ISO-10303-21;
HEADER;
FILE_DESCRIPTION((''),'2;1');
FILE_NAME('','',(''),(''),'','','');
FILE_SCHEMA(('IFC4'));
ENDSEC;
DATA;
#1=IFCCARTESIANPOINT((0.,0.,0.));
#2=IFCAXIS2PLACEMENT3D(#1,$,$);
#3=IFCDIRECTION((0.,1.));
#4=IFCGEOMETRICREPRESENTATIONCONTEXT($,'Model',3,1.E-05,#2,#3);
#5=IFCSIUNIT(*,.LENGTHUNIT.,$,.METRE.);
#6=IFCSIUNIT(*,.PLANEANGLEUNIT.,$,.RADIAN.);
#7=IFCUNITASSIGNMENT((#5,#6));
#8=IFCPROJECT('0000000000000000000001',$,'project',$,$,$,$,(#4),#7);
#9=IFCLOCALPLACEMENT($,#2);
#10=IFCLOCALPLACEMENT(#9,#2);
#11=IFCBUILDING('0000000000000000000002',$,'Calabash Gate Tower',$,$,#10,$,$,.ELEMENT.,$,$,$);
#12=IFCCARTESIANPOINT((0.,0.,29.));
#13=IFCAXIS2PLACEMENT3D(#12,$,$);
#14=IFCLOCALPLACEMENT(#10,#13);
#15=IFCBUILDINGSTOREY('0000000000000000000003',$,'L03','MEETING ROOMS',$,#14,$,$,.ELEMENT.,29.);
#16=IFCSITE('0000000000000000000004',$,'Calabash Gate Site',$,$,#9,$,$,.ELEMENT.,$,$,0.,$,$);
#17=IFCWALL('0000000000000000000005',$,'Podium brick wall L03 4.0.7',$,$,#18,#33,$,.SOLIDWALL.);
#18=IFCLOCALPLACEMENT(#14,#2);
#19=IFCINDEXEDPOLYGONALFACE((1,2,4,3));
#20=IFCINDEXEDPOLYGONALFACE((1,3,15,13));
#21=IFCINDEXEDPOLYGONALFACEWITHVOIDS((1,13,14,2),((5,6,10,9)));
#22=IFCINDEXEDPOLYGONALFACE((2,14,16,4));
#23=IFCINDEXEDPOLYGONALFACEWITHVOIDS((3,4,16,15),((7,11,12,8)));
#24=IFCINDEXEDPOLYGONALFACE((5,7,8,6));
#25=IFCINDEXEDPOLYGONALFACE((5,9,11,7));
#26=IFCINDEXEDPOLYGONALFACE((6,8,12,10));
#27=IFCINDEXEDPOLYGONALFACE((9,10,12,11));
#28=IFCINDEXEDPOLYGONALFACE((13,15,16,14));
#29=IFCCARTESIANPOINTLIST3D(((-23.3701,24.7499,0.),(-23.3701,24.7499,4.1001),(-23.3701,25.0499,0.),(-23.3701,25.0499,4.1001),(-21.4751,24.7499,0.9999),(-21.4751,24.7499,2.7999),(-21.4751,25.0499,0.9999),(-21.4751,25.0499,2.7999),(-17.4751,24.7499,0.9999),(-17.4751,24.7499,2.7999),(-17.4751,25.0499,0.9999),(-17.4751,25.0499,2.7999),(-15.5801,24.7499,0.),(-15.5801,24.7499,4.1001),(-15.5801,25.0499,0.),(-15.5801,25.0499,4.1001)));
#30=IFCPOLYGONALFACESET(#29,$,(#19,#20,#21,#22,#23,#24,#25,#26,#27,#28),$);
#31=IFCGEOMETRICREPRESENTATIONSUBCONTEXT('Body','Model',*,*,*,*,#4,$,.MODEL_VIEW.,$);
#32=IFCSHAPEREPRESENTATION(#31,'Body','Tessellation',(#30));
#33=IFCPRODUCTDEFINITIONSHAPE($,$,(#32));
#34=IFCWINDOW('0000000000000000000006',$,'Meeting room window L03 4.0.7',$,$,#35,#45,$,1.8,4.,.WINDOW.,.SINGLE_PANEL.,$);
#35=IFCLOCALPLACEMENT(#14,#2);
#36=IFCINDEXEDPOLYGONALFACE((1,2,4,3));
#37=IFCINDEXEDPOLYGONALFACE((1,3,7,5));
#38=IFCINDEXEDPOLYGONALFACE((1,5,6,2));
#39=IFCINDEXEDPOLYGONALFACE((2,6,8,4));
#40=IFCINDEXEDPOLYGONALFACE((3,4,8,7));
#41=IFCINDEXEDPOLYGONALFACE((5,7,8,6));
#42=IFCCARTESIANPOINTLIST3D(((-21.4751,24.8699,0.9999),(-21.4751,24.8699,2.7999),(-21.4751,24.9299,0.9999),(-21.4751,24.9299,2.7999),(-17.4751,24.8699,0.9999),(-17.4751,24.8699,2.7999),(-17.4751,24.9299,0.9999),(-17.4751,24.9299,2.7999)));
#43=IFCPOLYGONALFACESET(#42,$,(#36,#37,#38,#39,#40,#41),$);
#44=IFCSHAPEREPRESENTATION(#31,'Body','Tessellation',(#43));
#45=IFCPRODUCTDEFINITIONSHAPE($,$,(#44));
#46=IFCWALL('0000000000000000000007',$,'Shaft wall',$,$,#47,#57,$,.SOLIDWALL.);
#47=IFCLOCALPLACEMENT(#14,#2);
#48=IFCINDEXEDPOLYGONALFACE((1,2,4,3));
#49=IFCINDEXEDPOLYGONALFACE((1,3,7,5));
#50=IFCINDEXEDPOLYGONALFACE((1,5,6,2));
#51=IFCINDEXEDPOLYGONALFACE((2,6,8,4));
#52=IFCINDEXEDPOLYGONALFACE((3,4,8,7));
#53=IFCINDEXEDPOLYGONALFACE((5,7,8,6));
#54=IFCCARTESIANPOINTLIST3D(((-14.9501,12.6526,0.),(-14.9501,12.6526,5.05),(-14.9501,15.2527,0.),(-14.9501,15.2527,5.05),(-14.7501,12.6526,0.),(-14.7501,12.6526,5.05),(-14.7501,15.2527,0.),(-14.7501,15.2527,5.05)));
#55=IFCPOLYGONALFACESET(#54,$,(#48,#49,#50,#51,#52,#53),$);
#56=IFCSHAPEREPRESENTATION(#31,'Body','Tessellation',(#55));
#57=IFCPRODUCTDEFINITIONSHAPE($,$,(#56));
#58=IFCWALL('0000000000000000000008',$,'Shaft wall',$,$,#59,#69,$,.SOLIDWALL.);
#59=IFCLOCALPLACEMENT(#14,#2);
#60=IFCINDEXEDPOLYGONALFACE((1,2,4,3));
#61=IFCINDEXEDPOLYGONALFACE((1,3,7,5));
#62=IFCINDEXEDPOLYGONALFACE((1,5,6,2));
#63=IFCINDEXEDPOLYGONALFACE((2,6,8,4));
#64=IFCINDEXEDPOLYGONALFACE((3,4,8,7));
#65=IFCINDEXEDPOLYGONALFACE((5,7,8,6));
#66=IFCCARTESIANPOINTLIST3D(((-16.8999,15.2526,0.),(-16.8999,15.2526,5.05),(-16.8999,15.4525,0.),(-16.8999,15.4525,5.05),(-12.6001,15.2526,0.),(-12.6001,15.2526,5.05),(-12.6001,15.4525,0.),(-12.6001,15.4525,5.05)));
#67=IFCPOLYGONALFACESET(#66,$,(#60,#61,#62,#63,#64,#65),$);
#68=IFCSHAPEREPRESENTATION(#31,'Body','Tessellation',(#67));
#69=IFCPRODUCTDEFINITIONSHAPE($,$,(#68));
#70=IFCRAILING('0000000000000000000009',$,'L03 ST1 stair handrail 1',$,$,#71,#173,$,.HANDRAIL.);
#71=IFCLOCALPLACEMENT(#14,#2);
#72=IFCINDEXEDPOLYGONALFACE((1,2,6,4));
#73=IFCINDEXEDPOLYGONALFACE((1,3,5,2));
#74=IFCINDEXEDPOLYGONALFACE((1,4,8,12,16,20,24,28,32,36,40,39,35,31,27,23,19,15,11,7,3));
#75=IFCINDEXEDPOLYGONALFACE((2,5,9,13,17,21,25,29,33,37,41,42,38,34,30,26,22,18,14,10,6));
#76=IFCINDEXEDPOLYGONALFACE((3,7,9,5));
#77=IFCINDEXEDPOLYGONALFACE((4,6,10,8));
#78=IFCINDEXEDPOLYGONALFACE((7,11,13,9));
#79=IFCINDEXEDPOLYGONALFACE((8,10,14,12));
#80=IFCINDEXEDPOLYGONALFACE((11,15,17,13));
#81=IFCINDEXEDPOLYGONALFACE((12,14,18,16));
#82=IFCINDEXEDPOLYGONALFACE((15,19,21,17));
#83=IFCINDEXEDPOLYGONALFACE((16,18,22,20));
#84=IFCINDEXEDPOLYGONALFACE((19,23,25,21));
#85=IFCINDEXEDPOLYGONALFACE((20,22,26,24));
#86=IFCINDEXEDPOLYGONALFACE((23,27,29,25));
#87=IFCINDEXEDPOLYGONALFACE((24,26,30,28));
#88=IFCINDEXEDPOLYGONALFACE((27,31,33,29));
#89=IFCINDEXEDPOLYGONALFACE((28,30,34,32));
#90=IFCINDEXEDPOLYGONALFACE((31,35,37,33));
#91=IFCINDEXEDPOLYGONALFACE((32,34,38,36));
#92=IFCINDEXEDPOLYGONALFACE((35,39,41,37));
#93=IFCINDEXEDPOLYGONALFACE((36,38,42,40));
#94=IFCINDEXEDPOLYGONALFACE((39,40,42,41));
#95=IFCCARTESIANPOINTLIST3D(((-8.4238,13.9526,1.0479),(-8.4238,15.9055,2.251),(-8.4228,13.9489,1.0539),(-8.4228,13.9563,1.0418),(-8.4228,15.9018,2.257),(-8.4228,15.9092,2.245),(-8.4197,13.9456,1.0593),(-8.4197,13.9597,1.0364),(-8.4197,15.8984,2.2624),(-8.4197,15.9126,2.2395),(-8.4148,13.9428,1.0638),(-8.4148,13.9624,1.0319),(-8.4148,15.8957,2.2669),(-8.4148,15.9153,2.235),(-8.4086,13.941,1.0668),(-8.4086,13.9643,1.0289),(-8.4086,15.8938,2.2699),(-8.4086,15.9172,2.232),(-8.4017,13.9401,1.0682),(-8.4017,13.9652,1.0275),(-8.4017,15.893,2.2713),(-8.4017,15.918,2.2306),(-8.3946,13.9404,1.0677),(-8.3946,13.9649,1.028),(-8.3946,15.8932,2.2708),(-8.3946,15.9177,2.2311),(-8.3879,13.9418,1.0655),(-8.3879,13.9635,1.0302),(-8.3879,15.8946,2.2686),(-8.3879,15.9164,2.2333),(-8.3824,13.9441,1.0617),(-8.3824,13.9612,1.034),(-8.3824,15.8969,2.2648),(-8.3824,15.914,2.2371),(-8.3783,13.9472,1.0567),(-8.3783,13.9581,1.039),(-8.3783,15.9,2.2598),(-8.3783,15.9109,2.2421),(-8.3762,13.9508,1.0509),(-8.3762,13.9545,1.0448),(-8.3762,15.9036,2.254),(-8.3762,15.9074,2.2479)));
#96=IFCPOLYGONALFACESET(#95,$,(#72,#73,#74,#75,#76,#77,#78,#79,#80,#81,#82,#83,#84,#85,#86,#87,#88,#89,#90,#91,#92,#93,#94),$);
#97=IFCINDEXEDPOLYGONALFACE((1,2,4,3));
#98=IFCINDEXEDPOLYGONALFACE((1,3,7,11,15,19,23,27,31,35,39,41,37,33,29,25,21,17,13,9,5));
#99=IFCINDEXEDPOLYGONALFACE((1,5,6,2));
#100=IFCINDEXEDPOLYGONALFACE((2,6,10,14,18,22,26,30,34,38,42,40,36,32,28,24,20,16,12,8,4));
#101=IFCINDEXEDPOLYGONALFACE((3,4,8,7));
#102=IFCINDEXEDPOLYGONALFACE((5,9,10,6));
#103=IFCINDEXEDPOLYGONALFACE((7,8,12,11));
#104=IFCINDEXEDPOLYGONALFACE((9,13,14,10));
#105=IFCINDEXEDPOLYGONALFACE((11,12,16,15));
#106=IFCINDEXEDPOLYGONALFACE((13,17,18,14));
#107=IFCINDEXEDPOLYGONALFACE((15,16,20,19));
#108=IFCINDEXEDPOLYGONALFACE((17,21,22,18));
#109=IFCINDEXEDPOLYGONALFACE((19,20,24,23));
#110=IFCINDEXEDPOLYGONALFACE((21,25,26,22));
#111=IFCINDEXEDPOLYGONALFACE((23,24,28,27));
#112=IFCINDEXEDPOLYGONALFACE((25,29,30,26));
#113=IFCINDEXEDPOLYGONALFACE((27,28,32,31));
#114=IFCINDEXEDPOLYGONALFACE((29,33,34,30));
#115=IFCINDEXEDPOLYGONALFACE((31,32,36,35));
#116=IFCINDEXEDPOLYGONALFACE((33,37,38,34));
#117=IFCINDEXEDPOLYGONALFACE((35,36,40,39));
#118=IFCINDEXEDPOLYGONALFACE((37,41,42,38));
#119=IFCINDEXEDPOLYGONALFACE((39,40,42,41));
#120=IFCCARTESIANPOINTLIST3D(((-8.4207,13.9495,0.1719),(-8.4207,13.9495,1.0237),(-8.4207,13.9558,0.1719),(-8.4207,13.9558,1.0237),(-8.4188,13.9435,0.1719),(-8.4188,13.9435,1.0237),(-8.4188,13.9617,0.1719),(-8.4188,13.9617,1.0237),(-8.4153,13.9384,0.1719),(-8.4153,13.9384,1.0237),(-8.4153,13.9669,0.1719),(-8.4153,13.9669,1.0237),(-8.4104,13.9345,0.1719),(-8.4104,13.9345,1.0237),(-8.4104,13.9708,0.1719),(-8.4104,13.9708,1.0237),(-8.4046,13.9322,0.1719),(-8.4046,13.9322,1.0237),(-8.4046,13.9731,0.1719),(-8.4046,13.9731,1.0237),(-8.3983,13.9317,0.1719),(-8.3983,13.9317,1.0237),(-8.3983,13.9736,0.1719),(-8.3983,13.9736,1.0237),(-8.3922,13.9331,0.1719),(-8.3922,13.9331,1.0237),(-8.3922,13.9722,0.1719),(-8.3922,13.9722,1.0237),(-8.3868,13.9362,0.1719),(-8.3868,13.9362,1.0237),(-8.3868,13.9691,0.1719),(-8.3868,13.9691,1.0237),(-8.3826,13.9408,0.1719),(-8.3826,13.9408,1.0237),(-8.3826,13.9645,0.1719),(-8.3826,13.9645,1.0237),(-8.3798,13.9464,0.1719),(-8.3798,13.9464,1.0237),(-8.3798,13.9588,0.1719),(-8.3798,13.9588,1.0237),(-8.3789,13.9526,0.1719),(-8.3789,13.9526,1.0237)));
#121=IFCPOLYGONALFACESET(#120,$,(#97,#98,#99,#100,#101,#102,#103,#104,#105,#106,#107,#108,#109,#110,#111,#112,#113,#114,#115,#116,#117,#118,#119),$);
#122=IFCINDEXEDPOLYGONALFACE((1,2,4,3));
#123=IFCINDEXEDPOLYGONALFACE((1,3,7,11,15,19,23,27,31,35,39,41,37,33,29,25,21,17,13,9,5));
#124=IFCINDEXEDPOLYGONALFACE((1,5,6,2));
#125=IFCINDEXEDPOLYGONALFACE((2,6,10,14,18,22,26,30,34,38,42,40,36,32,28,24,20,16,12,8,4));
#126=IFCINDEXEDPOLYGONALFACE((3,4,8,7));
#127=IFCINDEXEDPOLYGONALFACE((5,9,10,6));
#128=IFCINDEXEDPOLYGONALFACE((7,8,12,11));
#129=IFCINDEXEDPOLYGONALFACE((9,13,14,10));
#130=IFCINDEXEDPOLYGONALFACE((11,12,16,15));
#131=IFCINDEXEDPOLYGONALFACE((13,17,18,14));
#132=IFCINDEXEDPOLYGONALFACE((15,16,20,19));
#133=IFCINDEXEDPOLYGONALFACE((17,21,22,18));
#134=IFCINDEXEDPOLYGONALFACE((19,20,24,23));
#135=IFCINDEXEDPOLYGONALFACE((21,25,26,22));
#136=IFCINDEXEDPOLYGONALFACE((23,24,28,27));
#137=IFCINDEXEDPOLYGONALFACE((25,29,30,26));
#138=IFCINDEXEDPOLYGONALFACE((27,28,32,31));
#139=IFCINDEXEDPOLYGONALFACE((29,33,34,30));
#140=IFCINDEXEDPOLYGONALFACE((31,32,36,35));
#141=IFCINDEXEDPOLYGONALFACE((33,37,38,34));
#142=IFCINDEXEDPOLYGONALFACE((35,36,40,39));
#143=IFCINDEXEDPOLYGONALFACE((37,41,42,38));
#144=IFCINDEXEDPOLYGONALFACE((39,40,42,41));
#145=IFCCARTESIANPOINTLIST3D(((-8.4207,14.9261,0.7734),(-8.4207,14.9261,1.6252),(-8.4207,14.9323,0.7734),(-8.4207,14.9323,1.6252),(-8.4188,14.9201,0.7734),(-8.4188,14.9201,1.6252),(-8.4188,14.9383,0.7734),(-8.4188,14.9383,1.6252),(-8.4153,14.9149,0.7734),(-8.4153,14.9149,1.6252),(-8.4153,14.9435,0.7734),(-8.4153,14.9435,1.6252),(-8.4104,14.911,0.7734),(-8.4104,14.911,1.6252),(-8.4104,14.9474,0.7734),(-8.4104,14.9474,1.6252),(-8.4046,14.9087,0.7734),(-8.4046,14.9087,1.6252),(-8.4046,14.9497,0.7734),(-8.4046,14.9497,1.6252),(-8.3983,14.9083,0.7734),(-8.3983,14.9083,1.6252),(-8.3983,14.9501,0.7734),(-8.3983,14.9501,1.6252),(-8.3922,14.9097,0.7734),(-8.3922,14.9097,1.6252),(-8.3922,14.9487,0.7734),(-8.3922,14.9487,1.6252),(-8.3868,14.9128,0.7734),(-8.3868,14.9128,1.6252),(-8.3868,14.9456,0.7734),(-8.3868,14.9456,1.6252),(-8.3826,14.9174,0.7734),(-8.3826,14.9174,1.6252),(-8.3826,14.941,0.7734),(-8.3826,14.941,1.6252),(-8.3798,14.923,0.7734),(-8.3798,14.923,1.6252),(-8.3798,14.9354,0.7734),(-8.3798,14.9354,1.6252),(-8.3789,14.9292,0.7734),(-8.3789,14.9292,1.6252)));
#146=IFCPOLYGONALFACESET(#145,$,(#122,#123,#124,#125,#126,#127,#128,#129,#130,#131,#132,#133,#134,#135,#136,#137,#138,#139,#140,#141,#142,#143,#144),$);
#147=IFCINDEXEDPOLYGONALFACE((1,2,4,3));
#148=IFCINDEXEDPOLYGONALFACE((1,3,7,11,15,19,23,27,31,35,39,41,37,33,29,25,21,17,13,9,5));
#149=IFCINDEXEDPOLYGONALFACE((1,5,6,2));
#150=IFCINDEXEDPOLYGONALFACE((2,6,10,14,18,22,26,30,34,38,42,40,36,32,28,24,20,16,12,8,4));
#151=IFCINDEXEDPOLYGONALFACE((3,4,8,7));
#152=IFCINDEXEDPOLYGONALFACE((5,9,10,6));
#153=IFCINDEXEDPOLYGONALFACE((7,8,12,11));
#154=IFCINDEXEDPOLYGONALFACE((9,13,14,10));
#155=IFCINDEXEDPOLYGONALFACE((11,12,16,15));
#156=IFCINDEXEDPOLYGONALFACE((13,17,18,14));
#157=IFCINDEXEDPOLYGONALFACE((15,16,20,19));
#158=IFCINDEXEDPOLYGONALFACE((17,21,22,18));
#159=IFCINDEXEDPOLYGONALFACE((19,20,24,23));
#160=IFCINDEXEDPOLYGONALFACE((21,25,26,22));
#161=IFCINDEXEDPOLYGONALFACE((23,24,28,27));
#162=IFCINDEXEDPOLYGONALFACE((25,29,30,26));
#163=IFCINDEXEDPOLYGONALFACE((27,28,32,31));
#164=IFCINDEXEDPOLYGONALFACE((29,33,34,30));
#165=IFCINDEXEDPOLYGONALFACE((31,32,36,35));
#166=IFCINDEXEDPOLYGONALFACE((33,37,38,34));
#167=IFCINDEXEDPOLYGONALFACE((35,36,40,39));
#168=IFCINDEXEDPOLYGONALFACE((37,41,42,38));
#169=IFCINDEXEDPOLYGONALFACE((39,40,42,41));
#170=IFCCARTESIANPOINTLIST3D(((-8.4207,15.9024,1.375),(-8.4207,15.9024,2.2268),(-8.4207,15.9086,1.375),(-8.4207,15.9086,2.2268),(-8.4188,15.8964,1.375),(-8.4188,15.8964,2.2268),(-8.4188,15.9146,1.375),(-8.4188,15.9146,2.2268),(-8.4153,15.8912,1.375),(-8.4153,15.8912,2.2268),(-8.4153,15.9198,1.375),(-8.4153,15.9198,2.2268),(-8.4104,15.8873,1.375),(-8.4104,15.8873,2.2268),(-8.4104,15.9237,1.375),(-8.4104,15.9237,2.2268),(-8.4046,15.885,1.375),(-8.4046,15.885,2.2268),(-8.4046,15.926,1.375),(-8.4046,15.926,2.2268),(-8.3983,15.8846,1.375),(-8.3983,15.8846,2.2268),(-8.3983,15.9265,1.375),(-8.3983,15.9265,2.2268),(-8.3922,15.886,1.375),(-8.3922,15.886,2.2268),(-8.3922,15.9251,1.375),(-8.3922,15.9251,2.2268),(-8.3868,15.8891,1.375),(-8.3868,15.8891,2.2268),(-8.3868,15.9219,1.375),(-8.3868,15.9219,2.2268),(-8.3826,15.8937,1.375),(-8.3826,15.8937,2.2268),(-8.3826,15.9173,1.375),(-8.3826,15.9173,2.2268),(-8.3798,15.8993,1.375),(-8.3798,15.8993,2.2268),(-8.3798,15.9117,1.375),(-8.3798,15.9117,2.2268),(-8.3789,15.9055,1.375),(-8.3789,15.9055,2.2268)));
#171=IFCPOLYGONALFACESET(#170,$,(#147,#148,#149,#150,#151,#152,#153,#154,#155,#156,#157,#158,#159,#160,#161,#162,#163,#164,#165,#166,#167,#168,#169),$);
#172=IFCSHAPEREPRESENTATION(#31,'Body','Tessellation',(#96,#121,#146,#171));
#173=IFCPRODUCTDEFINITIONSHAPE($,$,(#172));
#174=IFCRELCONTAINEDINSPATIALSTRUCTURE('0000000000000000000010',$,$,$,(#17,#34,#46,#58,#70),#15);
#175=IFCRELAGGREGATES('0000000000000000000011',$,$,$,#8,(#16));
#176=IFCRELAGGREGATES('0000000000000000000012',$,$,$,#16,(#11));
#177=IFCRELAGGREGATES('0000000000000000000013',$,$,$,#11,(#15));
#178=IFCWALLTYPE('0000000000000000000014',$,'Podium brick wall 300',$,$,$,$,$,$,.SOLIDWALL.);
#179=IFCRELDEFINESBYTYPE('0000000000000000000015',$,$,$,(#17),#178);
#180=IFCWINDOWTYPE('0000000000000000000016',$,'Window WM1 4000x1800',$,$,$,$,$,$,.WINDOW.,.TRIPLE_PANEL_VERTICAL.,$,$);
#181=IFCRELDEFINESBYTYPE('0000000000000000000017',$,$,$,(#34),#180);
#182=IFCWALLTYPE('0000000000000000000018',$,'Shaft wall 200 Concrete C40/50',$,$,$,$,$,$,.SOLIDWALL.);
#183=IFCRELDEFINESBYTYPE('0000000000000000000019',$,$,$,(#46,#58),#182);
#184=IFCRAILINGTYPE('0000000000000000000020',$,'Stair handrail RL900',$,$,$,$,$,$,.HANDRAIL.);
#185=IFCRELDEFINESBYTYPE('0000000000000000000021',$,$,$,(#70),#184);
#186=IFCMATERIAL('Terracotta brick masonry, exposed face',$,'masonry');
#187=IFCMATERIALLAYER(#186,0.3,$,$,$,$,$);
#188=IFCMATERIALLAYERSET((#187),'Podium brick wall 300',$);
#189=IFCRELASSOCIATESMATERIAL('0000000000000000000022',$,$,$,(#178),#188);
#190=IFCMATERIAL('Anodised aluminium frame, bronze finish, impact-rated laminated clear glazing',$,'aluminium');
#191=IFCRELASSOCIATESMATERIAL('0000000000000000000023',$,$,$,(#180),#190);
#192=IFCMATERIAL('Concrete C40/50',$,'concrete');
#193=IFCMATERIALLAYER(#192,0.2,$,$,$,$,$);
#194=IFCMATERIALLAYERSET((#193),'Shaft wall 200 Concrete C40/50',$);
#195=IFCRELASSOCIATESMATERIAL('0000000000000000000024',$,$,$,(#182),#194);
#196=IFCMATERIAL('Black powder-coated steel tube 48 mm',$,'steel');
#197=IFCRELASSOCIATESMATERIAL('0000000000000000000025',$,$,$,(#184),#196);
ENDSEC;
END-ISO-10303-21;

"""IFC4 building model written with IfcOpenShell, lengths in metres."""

from ifc_helpers import new_model, si_unit, direction, frame, frame_2d, origin, origin_2d, place, context, subcontext, project, spatial, rectangle, circle, extrude, material, layer, layer_set, type_object, element, fill, save


model = new_model("IFC4")

# Units and contexts
model_context = context("Model", 3, precision=1e-05, world=origin(), true_north=direction((0.0, 1.0)))
body_context = subcontext(model_context, "Body", "Model", "MODEL_VIEW")
ifc_project = project(units=[si_unit("LENGTHUNIT", "METRE"), si_unit("PLANEANGLEUNIT", "RADIAN")], contexts=[model_context])

# Site, building, storey
site_placement = place(None, origin())
site = spatial("IfcSite", under=ifc_project, at=site_placement, Name="Calabash Gate Site", CompositionType="ELEMENT", RefElevation=0.0)
building_placement = place(site_placement, origin())
building = spatial("IfcBuilding", under=site, at=building_placement, Name="Calabash Gate Tower", CompositionType="ELEMENT")
storey_placement = place(building_placement, frame((0.0, 0.0, 29.0)))
storey = spatial("IfcBuildingStorey", under=building, at=storey_placement, Name="L03", Description="MEETING ROOMS", CompositionType="ELEMENT", Elevation=29.0)

# Wall, opening, window
ifc_material_1 = material(Name="Terracotta brick masonry, exposed face", Category="masonry")
ifc_layer_1 = layer(ifc_material_1, 0.3)
ifc_layer_set_1 = layer_set([ifc_layer_1], Name="Podium brick wall 300")
wall_type_1 = type_object("IfcWallType", Name="Podium brick wall 300", PredefinedType="SOLIDWALL", material=ifc_layer_set_1)
wall_1_placement = place(storey_placement, frame((-15.5801, 24.8999, 0.0), z_axis=(0.0, 0.0, 1.0), x_axis=(-1.0, 0.0, 0.0)))
wall_1 = element("IfcWall", 1, at=wall_1_placement, inside=storey, type_object=wall_type_1, Name="Podium brick wall L03 4.0.7", PredefinedType="SOLIDWALL", context=body_context, shape_type="SweptSolid", body=[
    extrude(rectangle(XDim=7.79, YDim=0.3, at=frame_2d((3.895, 0.0))), origin(), (0.0, 0.0, 1.0), 4.1001),
])
opening_placement = place(wall_1_placement, frame((1.895, 0.0, 1.0)))
opening = element("IfcOpeningElement", 2, at=opening_placement, cuts=wall_1, PredefinedType="OPENING", context=body_context, shape_type="SweptSolid", body=[
    extrude(rectangle(XDim=4.0, YDim=1.8, at=frame_2d((2.0, 0.8999))), frame((0.0, 0.1599, 0.0), z_axis=(0.0, -1.0, 0.0), x_axis=(1.0, 0.0, 0.0)), (0.0, 0.0, 1.0), 0.3201),
])
ifc_material_2 = material(Name="Anodised aluminium frame, bronze finish, impact-rated laminated clear glazing", Category="aluminium")
window_type = type_object("IfcWindowType", Name="Window WM1 4000x1800", PartitioningType="TRIPLE_PANEL_VERTICAL", PredefinedType="WINDOW", material=ifc_material_2)
window_placement = place(opening_placement, origin())
window = element("IfcWindow", 3, at=window_placement, inside=storey, type_object=window_type, Name="Meeting room window L03 4.0.7", OverallHeight=1.8, OverallWidth=4.0, PartitioningType="SINGLE_PANEL", PredefinedType="WINDOW", context=body_context, shape_type="SweptSolid", body=[
    extrude(rectangle(XDim=4.0, YDim=1.8, at=frame_2d((2.0, 0.8999))), frame((0.0, 0.03, 0.0), z_axis=(0.0, -1.0, 0.0), x_axis=(1.0, 0.0, 0.0)), (0.0, 0.0, 1.0), 0.0601),
])
fill(opening, window)

# Walls
ifc_material_3 = material(Name="Concrete C40/50", Category="concrete")
ifc_layer_2 = layer(ifc_material_3, 0.2)
ifc_layer_set_2 = layer_set([ifc_layer_2], Name="Shaft wall 200 Concrete C40/50")
wall_type_2 = type_object("IfcWallType", Name="Shaft wall 200 Concrete C40/50", PredefinedType="SOLIDWALL", material=ifc_layer_set_2)
wall_2_placement = place(storey_placement, frame((-14.8501, 12.6526, 0.0), z_axis=(0.0, 0.0, 1.0), x_axis=(0.0, 1.0, 0.0)))
element("IfcWall", 4, at=wall_2_placement, inside=storey, type_object=wall_type_2, Name="Shaft wall", PredefinedType="SOLIDWALL", context=body_context, shape_type="SweptSolid", body=[
    extrude(rectangle(XDim=2.6001, YDim=0.2, at=frame_2d((1.3, 0.0))), origin(), (0.0, 0.0, 1.0), 5.05),
])
wall_3_placement = place(storey_placement, frame((-16.8999, 15.3525, 0.0), z_axis=(0.0, 0.0, 1.0), x_axis=(1.0, 0.0, 0.0)))
element("IfcWall", 5, at=wall_3_placement, inside=storey, type_object=wall_type_2, Name="Shaft wall", PredefinedType="SOLIDWALL", context=body_context, shape_type="SweptSolid", body=[
    extrude(rectangle(XDim=4.2998, YDim=0.2, at=frame_2d((2.1499, 0.0))), origin(), (0.0, 0.0, 1.0), 5.05),
])

# Railing
ifc_material_4 = material(Name="Black powder-coated steel tube 48 mm", Category="steel")
railing_type_1 = type_object("IfcRailingType", Name="Stair handrail RL900", PredefinedType="HANDRAIL", material=ifc_material_4)
railing_1_placement = place(storey_placement, frame((-8.3999, 13.9526, 0.1719)))
element("IfcRailing", 6, at=railing_1_placement, inside=storey, type_object=railing_type_1, Name="L03 ST1 stair handrail 1", PredefinedType="HANDRAIL", context=body_context, shape_type="SweptSolid", body=[
    extrude(circle(Radius=0.0239, at=origin_2d()), frame((0.0, 0.0, 0.876), z_axis=(0.0, 0.851395, 0.524525), x_axis=(-1.0, 0.0, 0.0)), (0.0, 0.0, 1.0), 2.2937),
    extrude(circle(Radius=0.021, at=origin_2d()), origin(), (0.0, 0.0, 1.0), 0.8518),
    extrude(circle(Radius=0.021, at=origin_2d()), frame((0.0, 0.9766, 0.6016)), (0.0, 0.0, 1.0), 0.8518),
    extrude(circle(Radius=0.021, at=origin_2d()), frame((0.0, 1.9529, 1.2031)), (0.0, 0.0, 1.0), 0.8518),
])

save(model, "model.ifc")
